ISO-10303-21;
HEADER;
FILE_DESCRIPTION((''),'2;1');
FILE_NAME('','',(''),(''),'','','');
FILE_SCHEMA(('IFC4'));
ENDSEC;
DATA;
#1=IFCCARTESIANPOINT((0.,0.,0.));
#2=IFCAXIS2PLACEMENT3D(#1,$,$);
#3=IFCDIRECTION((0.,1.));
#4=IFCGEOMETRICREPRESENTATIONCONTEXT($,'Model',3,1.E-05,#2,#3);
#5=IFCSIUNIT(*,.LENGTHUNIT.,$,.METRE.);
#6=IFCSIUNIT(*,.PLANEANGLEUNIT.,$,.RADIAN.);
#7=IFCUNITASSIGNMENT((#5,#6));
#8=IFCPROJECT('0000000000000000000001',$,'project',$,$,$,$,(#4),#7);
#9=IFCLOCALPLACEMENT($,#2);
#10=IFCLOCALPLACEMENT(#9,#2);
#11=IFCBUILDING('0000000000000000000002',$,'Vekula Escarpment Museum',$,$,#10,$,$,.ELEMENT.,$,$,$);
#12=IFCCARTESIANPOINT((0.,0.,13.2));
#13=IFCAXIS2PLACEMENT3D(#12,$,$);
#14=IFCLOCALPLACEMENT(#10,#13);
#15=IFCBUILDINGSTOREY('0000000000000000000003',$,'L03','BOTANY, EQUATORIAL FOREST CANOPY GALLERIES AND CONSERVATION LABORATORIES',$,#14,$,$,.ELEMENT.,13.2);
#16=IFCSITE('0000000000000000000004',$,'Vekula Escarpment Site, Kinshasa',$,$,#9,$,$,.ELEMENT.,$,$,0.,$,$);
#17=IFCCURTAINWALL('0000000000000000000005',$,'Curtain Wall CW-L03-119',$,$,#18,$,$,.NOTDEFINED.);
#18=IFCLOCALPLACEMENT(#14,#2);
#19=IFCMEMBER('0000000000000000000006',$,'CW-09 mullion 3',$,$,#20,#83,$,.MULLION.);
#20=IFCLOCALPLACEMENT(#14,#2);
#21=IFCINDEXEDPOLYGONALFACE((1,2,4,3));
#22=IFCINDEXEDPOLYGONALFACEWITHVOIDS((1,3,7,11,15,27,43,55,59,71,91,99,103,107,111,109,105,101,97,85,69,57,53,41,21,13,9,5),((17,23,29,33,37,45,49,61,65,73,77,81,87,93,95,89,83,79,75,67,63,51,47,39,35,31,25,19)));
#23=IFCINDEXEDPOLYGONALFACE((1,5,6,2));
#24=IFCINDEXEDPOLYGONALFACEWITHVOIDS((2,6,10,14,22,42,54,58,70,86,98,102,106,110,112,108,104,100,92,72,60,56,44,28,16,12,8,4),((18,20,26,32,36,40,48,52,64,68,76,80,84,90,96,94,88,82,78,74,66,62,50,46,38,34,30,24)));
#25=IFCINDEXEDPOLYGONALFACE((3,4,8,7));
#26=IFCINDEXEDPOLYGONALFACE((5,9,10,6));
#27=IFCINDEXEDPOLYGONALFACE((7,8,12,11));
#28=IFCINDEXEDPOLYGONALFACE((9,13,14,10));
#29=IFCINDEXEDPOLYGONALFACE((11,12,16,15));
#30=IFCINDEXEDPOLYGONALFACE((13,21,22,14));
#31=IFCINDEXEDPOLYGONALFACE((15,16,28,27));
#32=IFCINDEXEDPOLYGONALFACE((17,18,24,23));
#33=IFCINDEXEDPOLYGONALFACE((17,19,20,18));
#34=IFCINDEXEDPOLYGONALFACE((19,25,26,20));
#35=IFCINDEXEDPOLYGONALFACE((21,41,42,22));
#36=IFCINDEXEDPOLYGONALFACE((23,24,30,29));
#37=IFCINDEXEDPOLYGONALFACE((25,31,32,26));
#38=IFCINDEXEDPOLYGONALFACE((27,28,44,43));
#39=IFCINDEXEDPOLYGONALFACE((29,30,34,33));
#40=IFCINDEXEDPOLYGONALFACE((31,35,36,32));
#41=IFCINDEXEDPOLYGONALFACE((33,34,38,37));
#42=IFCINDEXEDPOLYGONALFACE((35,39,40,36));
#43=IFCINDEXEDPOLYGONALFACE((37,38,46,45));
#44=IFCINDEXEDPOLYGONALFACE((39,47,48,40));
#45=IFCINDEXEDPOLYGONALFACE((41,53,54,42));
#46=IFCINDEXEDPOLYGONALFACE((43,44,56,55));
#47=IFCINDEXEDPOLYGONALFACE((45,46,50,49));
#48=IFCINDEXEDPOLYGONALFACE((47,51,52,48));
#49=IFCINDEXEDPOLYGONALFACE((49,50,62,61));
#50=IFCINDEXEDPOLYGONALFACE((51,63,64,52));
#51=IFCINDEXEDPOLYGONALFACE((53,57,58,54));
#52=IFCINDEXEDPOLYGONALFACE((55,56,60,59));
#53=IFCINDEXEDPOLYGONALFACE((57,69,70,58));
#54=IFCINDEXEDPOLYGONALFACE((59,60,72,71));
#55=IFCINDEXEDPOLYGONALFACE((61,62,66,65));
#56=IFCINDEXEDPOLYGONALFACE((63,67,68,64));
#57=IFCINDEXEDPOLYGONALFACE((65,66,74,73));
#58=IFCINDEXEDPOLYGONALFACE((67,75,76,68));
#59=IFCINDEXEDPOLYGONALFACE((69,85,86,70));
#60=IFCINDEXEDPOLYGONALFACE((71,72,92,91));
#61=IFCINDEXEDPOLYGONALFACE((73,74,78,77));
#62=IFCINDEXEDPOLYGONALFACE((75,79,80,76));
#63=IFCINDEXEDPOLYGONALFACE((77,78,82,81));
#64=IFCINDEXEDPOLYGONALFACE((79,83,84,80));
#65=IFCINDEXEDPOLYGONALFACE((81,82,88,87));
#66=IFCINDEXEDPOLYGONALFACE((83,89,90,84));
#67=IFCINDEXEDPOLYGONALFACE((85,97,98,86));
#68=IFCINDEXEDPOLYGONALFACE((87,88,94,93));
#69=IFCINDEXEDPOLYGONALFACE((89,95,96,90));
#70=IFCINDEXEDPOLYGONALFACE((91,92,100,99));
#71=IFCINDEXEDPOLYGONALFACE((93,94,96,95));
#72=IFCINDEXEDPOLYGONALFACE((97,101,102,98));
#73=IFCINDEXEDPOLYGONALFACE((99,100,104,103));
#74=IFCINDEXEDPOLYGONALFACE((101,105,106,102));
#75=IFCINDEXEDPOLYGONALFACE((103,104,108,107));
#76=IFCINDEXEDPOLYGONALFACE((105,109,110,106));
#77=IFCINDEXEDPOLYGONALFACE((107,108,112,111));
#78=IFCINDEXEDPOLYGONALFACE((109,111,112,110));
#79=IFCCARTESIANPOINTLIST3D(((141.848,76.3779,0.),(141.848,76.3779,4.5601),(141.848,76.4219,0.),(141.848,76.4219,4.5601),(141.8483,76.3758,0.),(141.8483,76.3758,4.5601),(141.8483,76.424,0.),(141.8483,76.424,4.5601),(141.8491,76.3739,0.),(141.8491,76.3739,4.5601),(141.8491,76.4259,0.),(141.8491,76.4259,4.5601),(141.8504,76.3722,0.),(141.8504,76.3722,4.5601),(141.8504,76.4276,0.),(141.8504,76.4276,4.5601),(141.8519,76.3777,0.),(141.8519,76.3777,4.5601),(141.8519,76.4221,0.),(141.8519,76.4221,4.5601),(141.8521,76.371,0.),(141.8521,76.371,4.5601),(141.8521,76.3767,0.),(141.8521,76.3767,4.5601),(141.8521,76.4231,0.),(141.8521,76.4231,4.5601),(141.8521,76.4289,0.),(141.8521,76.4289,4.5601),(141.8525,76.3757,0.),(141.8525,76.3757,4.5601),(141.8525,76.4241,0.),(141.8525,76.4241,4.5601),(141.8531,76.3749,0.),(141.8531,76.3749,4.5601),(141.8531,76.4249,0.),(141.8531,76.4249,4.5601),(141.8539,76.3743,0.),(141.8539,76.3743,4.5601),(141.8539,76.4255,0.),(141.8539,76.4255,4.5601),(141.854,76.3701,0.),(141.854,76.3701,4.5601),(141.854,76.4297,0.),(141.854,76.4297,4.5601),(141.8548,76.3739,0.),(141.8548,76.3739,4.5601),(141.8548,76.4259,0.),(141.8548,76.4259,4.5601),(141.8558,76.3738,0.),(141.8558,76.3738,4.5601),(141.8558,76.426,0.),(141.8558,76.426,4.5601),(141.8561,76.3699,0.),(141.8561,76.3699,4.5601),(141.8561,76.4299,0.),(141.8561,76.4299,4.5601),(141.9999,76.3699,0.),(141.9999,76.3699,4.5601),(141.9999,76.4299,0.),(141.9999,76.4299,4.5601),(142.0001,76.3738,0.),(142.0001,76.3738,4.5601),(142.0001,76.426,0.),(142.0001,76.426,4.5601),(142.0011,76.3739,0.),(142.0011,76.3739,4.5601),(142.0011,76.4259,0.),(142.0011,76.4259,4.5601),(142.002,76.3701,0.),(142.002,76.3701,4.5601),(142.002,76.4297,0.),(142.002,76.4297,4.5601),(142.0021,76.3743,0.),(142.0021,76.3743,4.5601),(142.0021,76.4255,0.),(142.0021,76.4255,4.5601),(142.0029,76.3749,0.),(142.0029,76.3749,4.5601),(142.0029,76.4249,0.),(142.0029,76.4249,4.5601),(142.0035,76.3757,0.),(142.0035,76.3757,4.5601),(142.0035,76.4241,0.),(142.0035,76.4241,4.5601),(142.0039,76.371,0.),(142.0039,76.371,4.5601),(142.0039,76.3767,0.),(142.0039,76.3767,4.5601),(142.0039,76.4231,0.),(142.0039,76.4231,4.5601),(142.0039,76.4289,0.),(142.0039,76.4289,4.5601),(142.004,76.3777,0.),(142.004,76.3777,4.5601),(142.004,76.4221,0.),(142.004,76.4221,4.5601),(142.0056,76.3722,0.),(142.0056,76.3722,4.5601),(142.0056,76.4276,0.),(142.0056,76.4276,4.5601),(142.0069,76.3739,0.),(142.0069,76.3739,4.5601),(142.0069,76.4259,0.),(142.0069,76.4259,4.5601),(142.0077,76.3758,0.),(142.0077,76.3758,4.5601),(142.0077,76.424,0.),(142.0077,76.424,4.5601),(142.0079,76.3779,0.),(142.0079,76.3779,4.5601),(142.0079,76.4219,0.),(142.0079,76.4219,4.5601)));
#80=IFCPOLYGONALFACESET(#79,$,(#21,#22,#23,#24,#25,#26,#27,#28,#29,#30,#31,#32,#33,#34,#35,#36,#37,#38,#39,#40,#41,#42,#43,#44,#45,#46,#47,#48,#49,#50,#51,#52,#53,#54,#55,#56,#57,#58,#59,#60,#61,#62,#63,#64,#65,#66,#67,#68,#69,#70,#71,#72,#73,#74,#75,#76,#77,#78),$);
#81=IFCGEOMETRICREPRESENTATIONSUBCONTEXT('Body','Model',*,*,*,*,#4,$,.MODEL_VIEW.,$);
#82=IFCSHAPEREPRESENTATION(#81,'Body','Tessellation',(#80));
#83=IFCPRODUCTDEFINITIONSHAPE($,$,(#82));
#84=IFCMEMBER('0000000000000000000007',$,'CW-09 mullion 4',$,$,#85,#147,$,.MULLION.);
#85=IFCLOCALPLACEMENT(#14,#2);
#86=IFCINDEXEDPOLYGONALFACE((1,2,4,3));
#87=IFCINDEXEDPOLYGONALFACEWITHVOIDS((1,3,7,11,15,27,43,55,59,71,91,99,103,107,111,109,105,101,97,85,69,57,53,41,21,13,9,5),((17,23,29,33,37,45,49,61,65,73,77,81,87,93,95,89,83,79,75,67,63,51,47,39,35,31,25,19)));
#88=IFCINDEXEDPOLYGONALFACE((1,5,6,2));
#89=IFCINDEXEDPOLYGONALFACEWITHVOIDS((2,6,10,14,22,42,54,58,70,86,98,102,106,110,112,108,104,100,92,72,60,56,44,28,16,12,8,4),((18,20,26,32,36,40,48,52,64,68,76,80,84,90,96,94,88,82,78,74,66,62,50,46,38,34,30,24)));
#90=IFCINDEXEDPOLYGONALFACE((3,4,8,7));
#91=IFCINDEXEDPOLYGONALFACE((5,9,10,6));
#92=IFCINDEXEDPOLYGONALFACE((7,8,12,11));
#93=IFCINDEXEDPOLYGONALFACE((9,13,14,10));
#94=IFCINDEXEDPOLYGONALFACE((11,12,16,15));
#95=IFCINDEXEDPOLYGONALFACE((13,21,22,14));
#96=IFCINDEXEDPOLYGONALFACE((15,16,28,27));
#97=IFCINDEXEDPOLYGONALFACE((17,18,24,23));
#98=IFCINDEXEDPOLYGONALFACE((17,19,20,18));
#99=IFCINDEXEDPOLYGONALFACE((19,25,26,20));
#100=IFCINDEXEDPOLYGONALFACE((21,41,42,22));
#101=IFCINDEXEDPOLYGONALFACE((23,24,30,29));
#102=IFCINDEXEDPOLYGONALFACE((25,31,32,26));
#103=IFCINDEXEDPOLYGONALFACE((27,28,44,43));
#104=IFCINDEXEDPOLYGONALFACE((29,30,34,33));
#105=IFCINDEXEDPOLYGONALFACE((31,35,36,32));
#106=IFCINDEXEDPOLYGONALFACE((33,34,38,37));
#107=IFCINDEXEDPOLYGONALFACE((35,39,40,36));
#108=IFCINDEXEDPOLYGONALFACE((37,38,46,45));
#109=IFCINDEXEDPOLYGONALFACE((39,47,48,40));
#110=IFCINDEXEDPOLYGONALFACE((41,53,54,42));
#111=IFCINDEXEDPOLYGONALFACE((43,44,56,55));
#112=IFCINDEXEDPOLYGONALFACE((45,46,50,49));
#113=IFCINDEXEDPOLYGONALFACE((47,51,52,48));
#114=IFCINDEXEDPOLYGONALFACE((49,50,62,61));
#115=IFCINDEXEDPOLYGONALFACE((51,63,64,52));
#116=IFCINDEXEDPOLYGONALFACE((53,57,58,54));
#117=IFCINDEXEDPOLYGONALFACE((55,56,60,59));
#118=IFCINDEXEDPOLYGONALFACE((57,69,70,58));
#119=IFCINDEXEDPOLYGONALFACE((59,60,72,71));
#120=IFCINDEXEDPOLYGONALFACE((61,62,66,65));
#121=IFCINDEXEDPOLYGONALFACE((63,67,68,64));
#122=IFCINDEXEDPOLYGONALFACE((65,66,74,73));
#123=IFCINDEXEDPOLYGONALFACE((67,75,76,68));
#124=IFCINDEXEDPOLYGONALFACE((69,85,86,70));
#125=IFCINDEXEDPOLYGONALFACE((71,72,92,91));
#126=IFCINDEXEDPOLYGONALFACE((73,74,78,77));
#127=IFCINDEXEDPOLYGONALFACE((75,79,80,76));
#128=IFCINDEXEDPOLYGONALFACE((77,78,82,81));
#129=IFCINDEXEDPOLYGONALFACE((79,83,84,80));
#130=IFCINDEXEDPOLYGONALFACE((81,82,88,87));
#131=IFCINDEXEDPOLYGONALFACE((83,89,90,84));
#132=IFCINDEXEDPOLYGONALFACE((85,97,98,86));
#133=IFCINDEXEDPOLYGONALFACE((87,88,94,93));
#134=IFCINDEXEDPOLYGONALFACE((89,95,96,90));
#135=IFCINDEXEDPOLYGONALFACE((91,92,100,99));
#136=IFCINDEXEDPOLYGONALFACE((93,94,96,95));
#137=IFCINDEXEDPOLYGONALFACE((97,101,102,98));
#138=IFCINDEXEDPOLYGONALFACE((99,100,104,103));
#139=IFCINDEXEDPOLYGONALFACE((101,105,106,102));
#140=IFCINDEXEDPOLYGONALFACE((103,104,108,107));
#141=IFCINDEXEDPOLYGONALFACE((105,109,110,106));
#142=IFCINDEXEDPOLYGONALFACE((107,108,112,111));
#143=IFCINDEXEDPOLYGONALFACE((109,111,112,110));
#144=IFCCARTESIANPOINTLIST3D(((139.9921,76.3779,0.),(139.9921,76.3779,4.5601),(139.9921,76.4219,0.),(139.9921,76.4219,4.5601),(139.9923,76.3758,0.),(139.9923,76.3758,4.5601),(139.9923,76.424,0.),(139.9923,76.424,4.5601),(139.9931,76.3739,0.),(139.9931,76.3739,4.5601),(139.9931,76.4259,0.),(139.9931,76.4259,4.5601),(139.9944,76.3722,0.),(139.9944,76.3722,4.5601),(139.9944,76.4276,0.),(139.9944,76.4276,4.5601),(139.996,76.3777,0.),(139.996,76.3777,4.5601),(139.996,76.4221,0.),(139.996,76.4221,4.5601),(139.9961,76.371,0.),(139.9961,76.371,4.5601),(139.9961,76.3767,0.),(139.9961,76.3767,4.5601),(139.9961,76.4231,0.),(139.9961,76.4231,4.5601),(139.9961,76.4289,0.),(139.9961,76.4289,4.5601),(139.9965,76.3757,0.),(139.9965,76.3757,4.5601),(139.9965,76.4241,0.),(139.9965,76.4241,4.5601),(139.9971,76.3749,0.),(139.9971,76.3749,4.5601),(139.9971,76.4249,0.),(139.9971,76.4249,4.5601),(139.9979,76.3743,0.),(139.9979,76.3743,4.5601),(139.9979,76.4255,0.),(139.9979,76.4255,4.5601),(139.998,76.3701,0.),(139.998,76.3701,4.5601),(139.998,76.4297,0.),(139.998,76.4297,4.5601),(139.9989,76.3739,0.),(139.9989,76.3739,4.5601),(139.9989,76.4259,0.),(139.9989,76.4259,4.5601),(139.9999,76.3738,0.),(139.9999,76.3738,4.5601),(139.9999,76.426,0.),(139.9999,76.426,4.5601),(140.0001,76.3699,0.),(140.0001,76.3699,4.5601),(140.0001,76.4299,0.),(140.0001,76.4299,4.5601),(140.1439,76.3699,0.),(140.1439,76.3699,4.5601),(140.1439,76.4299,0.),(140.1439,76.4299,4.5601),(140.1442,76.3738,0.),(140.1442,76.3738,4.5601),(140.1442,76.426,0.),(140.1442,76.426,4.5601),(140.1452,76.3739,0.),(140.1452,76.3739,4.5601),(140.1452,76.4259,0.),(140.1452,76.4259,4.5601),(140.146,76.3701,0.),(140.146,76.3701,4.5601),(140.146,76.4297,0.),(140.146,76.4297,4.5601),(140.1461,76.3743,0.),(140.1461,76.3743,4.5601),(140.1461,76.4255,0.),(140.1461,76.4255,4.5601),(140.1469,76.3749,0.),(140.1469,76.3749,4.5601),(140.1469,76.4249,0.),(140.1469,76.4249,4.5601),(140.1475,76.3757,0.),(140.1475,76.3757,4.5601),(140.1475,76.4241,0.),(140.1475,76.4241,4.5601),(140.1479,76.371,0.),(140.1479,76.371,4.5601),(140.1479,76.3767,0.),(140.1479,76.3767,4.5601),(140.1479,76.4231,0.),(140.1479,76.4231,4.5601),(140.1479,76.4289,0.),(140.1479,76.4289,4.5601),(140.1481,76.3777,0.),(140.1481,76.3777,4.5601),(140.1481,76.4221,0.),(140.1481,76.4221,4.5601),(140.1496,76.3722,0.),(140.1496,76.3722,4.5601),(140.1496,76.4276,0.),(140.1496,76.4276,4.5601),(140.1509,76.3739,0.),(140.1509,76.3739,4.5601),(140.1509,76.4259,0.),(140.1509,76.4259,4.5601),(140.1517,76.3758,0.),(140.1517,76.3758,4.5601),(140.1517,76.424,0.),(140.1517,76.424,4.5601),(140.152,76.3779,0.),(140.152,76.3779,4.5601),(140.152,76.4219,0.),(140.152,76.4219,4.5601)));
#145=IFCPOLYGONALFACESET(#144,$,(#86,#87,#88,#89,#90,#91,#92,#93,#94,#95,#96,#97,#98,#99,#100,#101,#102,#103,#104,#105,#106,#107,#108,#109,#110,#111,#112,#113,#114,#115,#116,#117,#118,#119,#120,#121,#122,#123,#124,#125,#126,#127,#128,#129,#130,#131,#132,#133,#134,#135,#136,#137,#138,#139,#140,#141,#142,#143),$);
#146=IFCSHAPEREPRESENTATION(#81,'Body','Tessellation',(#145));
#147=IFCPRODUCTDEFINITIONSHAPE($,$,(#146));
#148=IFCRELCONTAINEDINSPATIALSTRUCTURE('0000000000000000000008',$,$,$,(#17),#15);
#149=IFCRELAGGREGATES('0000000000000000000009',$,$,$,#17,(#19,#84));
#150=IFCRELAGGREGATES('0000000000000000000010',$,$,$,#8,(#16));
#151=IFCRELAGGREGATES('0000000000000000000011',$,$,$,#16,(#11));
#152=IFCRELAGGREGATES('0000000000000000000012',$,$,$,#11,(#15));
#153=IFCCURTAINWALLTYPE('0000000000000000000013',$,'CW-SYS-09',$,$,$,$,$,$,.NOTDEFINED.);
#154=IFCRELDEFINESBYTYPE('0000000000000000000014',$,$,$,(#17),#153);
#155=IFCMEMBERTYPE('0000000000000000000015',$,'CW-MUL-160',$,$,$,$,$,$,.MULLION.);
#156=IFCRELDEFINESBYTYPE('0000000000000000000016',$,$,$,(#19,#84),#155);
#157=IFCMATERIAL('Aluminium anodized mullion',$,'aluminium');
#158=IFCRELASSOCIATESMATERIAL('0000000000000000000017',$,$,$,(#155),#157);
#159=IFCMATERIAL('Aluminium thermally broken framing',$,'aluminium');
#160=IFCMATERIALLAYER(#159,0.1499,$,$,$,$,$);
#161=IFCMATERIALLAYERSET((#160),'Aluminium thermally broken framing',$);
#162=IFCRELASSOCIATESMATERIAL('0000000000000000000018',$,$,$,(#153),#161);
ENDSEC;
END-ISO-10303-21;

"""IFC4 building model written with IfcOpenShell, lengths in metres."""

from ifc_helpers import new_model, si_unit, direction, frame, origin, origin_2d, place, context, subcontext, project, spatial, hollow_rectangle, extrude, material, layer, layer_set, material_profile, profile_set, type_object, element, aggregate, save


model = new_model("IFC4")

# Units and contexts
model_context = context("Model", 3, precision=1e-05, world=origin(), true_north=direction((0.0, 1.0)))
body_context = subcontext(model_context, "Body", "Model", "MODEL_VIEW")
ifc_project = project(units=[si_unit("LENGTHUNIT", "METRE"), si_unit("PLANEANGLEUNIT", "RADIAN")], contexts=[model_context])

# Site, building, storey
site_placement = place(None, origin())
site = spatial("IfcSite", under=ifc_project, at=site_placement, Name="Vekula Escarpment Site, Kinshasa", CompositionType="ELEMENT", RefElevation=0.0)
building_placement = place(site_placement, origin())
building = spatial("IfcBuilding", under=site, at=building_placement, Name="Vekula Escarpment Museum", CompositionType="ELEMENT")
storey_placement = place(building_placement, frame((0.0, 0.0, 13.2)))
storey = spatial("IfcBuildingStorey", under=building, at=storey_placement, Name="L03", Description="BOTANY, EQUATORIAL FOREST CANOPY GALLERIES AND CONSERVATION LABORATORIES", CompositionType="ELEMENT", Elevation=13.2)

# Shared definitions
ifc_material_1 = material(Name="Aluminium anodized mullion", Category="aluminium")
ifc_material_profile_1 = material_profile(ifc_material_1, hollow_rectangle(XDim=0.0601, YDim=0.1599, WallThickness=0.0039, InnerFilletRadius=0.0039, OuterFilletRadius=0.0081, at=origin_2d()), Name="ALU 160x60x4")
ifc_profile_set_1 = profile_set([ifc_material_profile_1], Name="Aluminium anodized mullion")
member_type_1 = type_object("IfcMemberType", Name="CW-MUL-160", PredefinedType="MULLION", material=ifc_profile_set_1)

# Curtain wall, members
ifc_material_2 = material(Name="Aluminium thermally broken framing", Category="aluminium")
ifc_layer_1 = layer(ifc_material_2, 0.1499)
ifc_layer_set_1 = layer_set([ifc_layer_1], Name="Aluminium thermally broken framing")
curtain_wall_type_1 = type_object("IfcCurtainWallType", Name="CW-SYS-09", PredefinedType="NOTDEFINED", material=ifc_layer_set_1)
curtain_wall_1_placement = place(storey_placement, origin())
curtain_wall_1 = element("IfcCurtainWall", 1, at=curtain_wall_1_placement, inside=storey, type_object=curtain_wall_type_1, Name="Curtain Wall CW-L03-119", PredefinedType="NOTDEFINED")
member_1_placement = place(storey_placement, frame((141.928, 76.3999, 0.0), z_axis=(0.0, 0.0, 1.0), x_axis=(0.0, -1.0, 0.0)))
member_1 = element("IfcMember", 2, at=member_1_placement, type_object=member_type_1, Name="CW-09 mullion 3", PredefinedType="MULLION", context=body_context, shape_type="SweptSolid", body=[
    extrude(hollow_rectangle(XDim=0.0601, YDim=0.1599, WallThickness=0.0039, InnerFilletRadius=0.0039, OuterFilletRadius=0.0081, at=origin_2d()), origin(), (0.0, 0.0, 1.0), 4.5601),
])
member_2_placement = place(storey_placement, frame((140.072, 76.3999, 0.0), z_axis=(0.0, 0.0, 1.0), x_axis=(0.0, -1.0, 0.0)))
member_2 = element("IfcMember", 3, at=member_2_placement, type_object=member_type_1, Name="CW-09 mullion 4", PredefinedType="MULLION", context=body_context, shape_type="SweptSolid", body=[
    extrude(hollow_rectangle(XDim=0.0601, YDim=0.1599, WallThickness=0.0039, InnerFilletRadius=0.0039, OuterFilletRadius=0.0081, at=origin_2d()), origin(), (0.0, 0.0, 1.0), 4.5601),
])

aggregate(curtain_wall_1, [member_1, member_2])

save(model, "model.ifc")
